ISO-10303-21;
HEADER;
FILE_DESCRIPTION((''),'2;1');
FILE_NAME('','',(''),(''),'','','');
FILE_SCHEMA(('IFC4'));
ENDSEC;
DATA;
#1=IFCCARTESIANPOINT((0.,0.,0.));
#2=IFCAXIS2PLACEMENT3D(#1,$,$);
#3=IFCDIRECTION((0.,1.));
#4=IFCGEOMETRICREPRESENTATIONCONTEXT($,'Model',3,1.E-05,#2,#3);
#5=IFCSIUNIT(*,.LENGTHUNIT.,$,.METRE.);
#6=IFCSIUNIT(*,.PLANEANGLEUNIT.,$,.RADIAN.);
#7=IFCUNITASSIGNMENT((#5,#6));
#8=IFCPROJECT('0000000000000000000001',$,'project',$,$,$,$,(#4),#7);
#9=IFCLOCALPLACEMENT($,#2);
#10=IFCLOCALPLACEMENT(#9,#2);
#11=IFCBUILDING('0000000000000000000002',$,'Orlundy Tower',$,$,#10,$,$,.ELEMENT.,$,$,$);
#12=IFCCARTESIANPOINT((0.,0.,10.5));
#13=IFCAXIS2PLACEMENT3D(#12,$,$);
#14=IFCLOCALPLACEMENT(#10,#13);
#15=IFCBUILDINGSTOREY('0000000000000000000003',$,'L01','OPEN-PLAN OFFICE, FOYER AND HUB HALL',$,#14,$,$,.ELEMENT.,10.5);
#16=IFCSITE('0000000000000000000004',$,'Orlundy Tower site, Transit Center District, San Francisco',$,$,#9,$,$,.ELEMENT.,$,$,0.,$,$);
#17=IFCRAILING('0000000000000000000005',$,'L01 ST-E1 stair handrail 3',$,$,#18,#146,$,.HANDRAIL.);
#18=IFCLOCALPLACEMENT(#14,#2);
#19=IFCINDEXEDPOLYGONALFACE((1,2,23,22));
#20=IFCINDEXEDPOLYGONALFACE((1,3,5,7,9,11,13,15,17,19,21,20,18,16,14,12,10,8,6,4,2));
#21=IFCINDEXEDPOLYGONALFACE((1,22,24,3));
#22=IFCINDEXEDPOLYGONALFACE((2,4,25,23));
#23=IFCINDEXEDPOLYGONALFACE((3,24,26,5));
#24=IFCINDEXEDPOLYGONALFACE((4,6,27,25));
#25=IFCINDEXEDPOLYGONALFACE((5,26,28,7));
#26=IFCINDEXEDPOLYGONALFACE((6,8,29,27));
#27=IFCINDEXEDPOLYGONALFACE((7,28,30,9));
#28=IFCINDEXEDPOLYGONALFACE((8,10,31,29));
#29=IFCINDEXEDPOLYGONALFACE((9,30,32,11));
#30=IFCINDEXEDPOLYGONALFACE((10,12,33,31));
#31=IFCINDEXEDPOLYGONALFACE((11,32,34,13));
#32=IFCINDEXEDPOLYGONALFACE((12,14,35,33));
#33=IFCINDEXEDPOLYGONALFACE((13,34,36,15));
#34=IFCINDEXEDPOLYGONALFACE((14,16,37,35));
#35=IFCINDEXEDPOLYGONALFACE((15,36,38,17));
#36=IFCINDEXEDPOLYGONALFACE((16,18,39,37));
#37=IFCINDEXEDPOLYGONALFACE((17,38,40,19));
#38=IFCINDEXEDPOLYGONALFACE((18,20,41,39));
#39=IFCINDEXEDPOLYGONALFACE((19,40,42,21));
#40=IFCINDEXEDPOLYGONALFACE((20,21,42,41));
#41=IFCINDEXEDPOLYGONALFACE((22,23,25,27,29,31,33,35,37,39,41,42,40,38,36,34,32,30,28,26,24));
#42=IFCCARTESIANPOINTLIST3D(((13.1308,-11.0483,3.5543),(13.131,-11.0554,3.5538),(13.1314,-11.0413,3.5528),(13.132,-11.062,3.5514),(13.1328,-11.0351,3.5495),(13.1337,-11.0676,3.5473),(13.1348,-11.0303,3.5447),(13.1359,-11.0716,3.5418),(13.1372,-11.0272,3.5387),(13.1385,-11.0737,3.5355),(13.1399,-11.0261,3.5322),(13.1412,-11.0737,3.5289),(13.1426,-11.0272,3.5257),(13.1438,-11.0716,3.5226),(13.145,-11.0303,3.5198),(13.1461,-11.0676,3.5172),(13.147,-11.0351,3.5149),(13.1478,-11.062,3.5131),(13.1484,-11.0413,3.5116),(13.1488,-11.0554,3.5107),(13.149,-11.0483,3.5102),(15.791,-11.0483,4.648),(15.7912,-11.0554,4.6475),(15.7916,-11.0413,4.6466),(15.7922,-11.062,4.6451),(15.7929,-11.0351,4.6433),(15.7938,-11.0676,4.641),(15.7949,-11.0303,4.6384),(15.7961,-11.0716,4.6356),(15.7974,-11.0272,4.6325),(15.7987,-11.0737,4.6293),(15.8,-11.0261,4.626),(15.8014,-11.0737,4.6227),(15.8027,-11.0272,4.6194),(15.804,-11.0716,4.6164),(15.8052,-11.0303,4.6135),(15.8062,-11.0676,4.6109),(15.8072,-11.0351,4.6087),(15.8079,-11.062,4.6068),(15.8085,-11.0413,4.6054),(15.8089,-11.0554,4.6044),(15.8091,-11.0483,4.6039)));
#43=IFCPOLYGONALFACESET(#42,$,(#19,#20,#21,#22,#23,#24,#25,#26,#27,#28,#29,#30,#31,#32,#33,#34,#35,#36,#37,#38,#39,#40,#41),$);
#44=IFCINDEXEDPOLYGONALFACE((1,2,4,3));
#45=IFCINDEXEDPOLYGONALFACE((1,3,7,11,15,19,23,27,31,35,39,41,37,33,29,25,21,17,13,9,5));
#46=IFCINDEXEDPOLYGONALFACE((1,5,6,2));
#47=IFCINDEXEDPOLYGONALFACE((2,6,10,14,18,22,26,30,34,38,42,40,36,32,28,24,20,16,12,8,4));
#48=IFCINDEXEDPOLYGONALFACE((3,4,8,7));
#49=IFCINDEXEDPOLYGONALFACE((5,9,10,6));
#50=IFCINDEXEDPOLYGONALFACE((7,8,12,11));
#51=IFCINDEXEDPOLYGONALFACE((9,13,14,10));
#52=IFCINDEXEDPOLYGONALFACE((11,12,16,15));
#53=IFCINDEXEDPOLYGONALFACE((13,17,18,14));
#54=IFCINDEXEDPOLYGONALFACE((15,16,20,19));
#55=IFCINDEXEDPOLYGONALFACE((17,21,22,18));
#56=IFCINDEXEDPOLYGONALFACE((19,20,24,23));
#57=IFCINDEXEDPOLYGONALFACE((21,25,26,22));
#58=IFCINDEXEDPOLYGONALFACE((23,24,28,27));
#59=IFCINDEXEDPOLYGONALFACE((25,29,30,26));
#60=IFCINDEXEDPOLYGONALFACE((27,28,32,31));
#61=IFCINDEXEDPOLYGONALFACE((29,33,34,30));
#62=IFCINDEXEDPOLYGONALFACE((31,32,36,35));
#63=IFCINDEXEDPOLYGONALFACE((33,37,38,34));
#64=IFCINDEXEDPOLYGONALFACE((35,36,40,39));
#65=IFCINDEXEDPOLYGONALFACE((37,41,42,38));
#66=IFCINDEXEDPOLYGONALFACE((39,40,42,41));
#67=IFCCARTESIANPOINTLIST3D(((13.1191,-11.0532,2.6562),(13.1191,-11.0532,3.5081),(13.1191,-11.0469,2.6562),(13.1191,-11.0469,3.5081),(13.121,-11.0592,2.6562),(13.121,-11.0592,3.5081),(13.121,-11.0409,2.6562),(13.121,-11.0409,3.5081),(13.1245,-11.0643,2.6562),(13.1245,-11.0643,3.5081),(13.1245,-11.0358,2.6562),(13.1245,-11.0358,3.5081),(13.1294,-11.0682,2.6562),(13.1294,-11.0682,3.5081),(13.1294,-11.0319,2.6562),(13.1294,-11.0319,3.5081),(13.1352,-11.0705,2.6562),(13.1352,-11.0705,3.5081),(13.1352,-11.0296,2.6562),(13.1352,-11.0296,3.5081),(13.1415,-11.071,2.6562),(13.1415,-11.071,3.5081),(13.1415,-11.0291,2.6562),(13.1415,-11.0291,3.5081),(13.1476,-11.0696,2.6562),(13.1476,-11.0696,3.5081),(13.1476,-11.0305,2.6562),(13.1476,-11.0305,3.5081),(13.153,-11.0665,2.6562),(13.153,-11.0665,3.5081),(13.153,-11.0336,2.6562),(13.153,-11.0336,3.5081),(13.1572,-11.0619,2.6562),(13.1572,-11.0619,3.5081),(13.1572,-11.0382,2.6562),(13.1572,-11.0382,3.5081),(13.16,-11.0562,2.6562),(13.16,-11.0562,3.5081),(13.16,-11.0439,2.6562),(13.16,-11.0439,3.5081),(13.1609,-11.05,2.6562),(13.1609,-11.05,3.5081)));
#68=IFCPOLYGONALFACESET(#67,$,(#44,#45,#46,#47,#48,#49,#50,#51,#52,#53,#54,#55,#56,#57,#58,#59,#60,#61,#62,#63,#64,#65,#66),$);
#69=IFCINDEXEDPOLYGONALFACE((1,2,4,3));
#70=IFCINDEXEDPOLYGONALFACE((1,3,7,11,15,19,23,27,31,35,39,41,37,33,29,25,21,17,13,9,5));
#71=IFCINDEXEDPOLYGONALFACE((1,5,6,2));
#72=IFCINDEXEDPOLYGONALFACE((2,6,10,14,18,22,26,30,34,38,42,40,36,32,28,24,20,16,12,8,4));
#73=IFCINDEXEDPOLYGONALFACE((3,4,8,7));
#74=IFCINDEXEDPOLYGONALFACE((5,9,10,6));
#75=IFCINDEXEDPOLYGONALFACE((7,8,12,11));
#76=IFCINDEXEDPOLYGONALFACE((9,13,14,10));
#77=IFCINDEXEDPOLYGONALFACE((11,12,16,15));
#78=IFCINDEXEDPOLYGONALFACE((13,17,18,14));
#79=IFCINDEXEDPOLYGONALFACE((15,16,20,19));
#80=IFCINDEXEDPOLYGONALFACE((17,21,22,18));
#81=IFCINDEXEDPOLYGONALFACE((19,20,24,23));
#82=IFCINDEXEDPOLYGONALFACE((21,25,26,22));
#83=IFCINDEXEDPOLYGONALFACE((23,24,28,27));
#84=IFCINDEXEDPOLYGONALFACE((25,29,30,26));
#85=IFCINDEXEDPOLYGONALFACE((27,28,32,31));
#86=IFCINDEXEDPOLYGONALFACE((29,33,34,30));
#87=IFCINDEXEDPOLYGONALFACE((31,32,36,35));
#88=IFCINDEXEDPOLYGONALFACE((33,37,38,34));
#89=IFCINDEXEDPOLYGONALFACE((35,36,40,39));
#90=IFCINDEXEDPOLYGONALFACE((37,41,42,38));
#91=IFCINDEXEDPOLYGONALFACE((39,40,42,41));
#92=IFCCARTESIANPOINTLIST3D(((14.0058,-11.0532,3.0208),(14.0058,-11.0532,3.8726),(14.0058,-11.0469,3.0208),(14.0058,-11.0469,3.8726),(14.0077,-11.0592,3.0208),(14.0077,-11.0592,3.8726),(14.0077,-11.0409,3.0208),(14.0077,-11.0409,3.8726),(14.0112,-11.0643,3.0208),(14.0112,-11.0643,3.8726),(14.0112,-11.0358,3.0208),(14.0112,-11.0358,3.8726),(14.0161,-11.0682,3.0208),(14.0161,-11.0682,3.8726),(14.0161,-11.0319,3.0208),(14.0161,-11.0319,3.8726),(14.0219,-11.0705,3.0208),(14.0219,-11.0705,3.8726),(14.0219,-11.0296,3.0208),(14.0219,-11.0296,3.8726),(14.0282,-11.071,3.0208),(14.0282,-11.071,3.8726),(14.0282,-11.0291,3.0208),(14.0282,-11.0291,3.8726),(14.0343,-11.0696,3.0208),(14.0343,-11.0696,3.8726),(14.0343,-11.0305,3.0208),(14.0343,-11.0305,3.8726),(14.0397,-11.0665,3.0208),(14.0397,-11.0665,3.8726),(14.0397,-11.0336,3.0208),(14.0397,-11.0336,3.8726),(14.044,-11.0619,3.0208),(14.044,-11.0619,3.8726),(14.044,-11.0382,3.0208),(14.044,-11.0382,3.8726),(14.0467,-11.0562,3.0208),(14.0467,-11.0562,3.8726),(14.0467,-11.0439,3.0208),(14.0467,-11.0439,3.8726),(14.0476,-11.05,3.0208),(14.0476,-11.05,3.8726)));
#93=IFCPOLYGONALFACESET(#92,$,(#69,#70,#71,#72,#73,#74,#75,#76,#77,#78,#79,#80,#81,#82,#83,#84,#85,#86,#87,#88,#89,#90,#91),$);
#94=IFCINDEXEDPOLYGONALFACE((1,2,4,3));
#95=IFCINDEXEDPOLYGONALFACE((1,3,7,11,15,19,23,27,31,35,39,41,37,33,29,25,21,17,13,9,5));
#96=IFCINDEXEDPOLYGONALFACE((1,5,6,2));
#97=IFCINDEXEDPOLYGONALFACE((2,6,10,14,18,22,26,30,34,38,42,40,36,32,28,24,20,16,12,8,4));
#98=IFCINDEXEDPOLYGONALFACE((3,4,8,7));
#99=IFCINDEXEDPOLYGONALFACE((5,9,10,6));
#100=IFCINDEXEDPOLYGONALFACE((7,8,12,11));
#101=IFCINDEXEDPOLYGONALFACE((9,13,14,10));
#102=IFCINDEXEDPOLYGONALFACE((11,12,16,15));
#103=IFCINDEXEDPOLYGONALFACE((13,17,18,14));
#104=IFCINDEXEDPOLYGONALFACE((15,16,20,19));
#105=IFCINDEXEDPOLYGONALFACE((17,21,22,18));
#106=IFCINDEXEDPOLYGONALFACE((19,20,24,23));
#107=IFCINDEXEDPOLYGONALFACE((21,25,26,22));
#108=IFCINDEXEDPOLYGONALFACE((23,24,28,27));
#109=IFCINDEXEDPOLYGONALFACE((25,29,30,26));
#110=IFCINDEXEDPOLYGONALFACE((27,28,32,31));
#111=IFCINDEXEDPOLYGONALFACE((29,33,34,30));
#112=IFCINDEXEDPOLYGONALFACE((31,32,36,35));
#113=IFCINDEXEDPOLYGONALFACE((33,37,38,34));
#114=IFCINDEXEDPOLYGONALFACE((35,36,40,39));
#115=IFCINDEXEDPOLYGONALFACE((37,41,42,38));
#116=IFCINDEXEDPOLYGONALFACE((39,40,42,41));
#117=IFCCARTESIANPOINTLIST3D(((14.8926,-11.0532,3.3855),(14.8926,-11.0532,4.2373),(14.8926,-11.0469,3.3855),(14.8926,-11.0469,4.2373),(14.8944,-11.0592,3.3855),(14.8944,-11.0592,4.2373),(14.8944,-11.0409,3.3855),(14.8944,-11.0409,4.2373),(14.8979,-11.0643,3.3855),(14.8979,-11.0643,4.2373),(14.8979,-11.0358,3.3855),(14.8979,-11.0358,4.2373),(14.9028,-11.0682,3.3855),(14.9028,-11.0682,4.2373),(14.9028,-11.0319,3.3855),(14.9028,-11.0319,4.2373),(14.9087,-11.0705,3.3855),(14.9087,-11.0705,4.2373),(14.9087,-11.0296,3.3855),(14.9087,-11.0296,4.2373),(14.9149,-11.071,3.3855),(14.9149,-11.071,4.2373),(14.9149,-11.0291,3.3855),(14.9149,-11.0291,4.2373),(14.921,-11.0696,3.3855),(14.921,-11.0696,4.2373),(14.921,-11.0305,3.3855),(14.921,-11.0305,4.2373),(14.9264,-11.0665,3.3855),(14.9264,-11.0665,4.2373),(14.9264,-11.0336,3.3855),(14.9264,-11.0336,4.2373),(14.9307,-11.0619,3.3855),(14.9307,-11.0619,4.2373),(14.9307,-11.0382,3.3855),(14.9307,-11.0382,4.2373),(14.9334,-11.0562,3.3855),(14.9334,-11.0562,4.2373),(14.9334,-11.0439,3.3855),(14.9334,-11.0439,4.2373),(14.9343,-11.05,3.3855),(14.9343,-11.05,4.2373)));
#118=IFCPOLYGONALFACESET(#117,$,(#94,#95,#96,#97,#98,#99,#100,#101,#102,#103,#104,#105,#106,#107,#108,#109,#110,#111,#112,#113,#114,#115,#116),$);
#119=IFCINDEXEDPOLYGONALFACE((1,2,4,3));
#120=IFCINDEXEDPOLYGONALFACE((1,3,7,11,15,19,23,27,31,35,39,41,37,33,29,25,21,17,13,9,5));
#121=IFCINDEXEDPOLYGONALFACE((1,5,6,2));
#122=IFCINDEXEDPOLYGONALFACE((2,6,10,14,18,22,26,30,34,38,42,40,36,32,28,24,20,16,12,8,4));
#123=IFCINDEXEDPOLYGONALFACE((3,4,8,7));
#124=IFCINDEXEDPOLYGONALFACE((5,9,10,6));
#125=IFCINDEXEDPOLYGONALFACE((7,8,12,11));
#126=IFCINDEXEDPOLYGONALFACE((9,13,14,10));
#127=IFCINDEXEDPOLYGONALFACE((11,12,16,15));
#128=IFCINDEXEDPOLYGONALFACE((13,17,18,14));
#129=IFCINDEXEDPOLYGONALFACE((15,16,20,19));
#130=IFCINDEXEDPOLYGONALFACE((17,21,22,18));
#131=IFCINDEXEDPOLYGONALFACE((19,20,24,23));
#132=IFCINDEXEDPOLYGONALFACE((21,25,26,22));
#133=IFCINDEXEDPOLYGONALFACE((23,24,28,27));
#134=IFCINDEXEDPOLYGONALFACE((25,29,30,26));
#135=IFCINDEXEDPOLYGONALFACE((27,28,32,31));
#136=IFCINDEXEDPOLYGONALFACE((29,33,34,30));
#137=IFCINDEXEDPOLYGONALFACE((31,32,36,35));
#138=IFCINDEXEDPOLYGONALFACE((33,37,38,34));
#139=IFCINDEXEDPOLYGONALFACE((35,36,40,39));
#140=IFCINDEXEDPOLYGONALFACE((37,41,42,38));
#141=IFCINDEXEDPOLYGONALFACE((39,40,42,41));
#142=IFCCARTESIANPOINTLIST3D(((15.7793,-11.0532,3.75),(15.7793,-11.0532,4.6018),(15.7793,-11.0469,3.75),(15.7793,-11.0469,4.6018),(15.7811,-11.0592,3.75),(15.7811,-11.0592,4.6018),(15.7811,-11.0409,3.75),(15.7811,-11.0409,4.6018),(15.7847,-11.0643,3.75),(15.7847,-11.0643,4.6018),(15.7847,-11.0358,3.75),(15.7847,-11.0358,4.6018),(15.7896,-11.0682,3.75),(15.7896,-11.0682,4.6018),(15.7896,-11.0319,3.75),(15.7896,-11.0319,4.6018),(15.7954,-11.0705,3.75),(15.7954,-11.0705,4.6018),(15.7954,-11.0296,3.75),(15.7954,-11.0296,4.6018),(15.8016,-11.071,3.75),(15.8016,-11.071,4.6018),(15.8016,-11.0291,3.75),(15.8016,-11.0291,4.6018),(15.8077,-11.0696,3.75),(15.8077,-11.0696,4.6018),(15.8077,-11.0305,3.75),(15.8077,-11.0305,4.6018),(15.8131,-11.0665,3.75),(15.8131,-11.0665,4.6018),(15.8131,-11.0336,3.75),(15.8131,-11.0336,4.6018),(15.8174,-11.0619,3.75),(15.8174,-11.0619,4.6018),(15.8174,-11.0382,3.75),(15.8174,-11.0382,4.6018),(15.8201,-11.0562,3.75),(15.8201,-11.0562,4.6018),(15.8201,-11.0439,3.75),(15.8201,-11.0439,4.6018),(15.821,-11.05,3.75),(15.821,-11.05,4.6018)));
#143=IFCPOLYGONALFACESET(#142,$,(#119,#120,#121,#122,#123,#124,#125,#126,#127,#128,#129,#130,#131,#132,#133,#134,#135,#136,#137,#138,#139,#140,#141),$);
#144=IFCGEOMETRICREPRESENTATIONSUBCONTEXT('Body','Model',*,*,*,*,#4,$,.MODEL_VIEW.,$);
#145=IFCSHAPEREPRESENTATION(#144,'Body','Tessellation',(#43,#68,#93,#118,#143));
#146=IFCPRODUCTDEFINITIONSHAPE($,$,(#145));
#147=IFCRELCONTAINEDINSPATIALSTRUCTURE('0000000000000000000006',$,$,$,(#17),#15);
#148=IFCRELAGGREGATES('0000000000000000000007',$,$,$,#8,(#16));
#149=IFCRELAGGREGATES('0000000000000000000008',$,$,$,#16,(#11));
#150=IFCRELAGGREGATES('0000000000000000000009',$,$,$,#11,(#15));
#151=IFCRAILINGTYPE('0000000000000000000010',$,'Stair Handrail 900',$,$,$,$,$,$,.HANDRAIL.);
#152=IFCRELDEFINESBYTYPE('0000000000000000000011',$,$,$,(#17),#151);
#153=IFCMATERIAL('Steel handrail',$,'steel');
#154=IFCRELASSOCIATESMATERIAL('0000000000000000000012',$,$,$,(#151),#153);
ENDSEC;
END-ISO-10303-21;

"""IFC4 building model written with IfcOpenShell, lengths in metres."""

from ifc_helpers import new_model, si_unit, direction, frame, origin, origin_2d, place, context, subcontext, project, spatial, circle, extrude, material, type_object, element, save


model = new_model("IFC4")

# Units and contexts
model_context = context("Model", 3, precision=1e-05, world=origin(), true_north=direction((0.0, 1.0)))
body_context = subcontext(model_context, "Body", "Model", "MODEL_VIEW")
ifc_project = project(units=[si_unit("LENGTHUNIT", "METRE"), si_unit("PLANEANGLEUNIT", "RADIAN")], contexts=[model_context])

# Site, building, storey
site_placement = place(None, origin())
site = spatial("IfcSite", under=ifc_project, at=site_placement, Name="Orlundy Tower site, Transit Center District, San Francisco", CompositionType="ELEMENT", RefElevation=0.0)
building_placement = place(site_placement, origin())
building = spatial("IfcBuilding", under=site, at=building_placement, Name="Orlundy Tower", CompositionType="ELEMENT")
storey_placement = place(building_placement, frame((0.0, 0.0, 10.5)))
storey = spatial("IfcBuildingStorey", under=building, at=storey_placement, Name="L01", Description="OPEN-PLAN OFFICE, FOYER AND HUB HALL", CompositionType="ELEMENT", Elevation=10.5)

# Railing
ifc_material_1 = material(Name="Steel handrail", Category="steel")
railing_type_1 = type_object("IfcRailingType", Name="Stair Handrail 900", PredefinedType="HANDRAIL", material=ifc_material_1)
for number, where, name in (
    (1, (13.1399, -11.05, 2.6562), "L01 ST-E1 stair handrail 3"),
):
    element("IfcRailing", number, at=place(storey_placement, frame(where)), inside=storey, type_object=railing_type_1, Name=name, PredefinedType="HANDRAIL", context=body_context, shape_type="SweptSolid", body=[
        extrude(circle(Radius=0.0239, at=origin_2d()), frame((0.0, 0.0, 0.876), z_axis=(0.924875, 0.0, 0.380272), x_axis=(0.0, 1.0, 0.0)), (0.0, 0.0, 1.0), 2.8762),
        extrude(circle(Radius=0.021, at=origin_2d()), origin(), (0.0, 0.0, 1.0), 0.8518),
        extrude(circle(Radius=0.021, at=origin_2d()), frame((0.8867, 0.0, 0.3645)), (0.0, 0.0, 1.0), 0.8518),
        extrude(circle(Radius=0.021, at=origin_2d()), frame((1.7734, 0.0, 0.7292)), (0.0, 0.0, 1.0), 0.8518),
        extrude(circle(Radius=0.021, at=origin_2d()), frame((2.6602, 0.0, 1.0938)), (0.0, 0.0, 1.0), 0.8518),
    ])

save(model, "model.ifc")
